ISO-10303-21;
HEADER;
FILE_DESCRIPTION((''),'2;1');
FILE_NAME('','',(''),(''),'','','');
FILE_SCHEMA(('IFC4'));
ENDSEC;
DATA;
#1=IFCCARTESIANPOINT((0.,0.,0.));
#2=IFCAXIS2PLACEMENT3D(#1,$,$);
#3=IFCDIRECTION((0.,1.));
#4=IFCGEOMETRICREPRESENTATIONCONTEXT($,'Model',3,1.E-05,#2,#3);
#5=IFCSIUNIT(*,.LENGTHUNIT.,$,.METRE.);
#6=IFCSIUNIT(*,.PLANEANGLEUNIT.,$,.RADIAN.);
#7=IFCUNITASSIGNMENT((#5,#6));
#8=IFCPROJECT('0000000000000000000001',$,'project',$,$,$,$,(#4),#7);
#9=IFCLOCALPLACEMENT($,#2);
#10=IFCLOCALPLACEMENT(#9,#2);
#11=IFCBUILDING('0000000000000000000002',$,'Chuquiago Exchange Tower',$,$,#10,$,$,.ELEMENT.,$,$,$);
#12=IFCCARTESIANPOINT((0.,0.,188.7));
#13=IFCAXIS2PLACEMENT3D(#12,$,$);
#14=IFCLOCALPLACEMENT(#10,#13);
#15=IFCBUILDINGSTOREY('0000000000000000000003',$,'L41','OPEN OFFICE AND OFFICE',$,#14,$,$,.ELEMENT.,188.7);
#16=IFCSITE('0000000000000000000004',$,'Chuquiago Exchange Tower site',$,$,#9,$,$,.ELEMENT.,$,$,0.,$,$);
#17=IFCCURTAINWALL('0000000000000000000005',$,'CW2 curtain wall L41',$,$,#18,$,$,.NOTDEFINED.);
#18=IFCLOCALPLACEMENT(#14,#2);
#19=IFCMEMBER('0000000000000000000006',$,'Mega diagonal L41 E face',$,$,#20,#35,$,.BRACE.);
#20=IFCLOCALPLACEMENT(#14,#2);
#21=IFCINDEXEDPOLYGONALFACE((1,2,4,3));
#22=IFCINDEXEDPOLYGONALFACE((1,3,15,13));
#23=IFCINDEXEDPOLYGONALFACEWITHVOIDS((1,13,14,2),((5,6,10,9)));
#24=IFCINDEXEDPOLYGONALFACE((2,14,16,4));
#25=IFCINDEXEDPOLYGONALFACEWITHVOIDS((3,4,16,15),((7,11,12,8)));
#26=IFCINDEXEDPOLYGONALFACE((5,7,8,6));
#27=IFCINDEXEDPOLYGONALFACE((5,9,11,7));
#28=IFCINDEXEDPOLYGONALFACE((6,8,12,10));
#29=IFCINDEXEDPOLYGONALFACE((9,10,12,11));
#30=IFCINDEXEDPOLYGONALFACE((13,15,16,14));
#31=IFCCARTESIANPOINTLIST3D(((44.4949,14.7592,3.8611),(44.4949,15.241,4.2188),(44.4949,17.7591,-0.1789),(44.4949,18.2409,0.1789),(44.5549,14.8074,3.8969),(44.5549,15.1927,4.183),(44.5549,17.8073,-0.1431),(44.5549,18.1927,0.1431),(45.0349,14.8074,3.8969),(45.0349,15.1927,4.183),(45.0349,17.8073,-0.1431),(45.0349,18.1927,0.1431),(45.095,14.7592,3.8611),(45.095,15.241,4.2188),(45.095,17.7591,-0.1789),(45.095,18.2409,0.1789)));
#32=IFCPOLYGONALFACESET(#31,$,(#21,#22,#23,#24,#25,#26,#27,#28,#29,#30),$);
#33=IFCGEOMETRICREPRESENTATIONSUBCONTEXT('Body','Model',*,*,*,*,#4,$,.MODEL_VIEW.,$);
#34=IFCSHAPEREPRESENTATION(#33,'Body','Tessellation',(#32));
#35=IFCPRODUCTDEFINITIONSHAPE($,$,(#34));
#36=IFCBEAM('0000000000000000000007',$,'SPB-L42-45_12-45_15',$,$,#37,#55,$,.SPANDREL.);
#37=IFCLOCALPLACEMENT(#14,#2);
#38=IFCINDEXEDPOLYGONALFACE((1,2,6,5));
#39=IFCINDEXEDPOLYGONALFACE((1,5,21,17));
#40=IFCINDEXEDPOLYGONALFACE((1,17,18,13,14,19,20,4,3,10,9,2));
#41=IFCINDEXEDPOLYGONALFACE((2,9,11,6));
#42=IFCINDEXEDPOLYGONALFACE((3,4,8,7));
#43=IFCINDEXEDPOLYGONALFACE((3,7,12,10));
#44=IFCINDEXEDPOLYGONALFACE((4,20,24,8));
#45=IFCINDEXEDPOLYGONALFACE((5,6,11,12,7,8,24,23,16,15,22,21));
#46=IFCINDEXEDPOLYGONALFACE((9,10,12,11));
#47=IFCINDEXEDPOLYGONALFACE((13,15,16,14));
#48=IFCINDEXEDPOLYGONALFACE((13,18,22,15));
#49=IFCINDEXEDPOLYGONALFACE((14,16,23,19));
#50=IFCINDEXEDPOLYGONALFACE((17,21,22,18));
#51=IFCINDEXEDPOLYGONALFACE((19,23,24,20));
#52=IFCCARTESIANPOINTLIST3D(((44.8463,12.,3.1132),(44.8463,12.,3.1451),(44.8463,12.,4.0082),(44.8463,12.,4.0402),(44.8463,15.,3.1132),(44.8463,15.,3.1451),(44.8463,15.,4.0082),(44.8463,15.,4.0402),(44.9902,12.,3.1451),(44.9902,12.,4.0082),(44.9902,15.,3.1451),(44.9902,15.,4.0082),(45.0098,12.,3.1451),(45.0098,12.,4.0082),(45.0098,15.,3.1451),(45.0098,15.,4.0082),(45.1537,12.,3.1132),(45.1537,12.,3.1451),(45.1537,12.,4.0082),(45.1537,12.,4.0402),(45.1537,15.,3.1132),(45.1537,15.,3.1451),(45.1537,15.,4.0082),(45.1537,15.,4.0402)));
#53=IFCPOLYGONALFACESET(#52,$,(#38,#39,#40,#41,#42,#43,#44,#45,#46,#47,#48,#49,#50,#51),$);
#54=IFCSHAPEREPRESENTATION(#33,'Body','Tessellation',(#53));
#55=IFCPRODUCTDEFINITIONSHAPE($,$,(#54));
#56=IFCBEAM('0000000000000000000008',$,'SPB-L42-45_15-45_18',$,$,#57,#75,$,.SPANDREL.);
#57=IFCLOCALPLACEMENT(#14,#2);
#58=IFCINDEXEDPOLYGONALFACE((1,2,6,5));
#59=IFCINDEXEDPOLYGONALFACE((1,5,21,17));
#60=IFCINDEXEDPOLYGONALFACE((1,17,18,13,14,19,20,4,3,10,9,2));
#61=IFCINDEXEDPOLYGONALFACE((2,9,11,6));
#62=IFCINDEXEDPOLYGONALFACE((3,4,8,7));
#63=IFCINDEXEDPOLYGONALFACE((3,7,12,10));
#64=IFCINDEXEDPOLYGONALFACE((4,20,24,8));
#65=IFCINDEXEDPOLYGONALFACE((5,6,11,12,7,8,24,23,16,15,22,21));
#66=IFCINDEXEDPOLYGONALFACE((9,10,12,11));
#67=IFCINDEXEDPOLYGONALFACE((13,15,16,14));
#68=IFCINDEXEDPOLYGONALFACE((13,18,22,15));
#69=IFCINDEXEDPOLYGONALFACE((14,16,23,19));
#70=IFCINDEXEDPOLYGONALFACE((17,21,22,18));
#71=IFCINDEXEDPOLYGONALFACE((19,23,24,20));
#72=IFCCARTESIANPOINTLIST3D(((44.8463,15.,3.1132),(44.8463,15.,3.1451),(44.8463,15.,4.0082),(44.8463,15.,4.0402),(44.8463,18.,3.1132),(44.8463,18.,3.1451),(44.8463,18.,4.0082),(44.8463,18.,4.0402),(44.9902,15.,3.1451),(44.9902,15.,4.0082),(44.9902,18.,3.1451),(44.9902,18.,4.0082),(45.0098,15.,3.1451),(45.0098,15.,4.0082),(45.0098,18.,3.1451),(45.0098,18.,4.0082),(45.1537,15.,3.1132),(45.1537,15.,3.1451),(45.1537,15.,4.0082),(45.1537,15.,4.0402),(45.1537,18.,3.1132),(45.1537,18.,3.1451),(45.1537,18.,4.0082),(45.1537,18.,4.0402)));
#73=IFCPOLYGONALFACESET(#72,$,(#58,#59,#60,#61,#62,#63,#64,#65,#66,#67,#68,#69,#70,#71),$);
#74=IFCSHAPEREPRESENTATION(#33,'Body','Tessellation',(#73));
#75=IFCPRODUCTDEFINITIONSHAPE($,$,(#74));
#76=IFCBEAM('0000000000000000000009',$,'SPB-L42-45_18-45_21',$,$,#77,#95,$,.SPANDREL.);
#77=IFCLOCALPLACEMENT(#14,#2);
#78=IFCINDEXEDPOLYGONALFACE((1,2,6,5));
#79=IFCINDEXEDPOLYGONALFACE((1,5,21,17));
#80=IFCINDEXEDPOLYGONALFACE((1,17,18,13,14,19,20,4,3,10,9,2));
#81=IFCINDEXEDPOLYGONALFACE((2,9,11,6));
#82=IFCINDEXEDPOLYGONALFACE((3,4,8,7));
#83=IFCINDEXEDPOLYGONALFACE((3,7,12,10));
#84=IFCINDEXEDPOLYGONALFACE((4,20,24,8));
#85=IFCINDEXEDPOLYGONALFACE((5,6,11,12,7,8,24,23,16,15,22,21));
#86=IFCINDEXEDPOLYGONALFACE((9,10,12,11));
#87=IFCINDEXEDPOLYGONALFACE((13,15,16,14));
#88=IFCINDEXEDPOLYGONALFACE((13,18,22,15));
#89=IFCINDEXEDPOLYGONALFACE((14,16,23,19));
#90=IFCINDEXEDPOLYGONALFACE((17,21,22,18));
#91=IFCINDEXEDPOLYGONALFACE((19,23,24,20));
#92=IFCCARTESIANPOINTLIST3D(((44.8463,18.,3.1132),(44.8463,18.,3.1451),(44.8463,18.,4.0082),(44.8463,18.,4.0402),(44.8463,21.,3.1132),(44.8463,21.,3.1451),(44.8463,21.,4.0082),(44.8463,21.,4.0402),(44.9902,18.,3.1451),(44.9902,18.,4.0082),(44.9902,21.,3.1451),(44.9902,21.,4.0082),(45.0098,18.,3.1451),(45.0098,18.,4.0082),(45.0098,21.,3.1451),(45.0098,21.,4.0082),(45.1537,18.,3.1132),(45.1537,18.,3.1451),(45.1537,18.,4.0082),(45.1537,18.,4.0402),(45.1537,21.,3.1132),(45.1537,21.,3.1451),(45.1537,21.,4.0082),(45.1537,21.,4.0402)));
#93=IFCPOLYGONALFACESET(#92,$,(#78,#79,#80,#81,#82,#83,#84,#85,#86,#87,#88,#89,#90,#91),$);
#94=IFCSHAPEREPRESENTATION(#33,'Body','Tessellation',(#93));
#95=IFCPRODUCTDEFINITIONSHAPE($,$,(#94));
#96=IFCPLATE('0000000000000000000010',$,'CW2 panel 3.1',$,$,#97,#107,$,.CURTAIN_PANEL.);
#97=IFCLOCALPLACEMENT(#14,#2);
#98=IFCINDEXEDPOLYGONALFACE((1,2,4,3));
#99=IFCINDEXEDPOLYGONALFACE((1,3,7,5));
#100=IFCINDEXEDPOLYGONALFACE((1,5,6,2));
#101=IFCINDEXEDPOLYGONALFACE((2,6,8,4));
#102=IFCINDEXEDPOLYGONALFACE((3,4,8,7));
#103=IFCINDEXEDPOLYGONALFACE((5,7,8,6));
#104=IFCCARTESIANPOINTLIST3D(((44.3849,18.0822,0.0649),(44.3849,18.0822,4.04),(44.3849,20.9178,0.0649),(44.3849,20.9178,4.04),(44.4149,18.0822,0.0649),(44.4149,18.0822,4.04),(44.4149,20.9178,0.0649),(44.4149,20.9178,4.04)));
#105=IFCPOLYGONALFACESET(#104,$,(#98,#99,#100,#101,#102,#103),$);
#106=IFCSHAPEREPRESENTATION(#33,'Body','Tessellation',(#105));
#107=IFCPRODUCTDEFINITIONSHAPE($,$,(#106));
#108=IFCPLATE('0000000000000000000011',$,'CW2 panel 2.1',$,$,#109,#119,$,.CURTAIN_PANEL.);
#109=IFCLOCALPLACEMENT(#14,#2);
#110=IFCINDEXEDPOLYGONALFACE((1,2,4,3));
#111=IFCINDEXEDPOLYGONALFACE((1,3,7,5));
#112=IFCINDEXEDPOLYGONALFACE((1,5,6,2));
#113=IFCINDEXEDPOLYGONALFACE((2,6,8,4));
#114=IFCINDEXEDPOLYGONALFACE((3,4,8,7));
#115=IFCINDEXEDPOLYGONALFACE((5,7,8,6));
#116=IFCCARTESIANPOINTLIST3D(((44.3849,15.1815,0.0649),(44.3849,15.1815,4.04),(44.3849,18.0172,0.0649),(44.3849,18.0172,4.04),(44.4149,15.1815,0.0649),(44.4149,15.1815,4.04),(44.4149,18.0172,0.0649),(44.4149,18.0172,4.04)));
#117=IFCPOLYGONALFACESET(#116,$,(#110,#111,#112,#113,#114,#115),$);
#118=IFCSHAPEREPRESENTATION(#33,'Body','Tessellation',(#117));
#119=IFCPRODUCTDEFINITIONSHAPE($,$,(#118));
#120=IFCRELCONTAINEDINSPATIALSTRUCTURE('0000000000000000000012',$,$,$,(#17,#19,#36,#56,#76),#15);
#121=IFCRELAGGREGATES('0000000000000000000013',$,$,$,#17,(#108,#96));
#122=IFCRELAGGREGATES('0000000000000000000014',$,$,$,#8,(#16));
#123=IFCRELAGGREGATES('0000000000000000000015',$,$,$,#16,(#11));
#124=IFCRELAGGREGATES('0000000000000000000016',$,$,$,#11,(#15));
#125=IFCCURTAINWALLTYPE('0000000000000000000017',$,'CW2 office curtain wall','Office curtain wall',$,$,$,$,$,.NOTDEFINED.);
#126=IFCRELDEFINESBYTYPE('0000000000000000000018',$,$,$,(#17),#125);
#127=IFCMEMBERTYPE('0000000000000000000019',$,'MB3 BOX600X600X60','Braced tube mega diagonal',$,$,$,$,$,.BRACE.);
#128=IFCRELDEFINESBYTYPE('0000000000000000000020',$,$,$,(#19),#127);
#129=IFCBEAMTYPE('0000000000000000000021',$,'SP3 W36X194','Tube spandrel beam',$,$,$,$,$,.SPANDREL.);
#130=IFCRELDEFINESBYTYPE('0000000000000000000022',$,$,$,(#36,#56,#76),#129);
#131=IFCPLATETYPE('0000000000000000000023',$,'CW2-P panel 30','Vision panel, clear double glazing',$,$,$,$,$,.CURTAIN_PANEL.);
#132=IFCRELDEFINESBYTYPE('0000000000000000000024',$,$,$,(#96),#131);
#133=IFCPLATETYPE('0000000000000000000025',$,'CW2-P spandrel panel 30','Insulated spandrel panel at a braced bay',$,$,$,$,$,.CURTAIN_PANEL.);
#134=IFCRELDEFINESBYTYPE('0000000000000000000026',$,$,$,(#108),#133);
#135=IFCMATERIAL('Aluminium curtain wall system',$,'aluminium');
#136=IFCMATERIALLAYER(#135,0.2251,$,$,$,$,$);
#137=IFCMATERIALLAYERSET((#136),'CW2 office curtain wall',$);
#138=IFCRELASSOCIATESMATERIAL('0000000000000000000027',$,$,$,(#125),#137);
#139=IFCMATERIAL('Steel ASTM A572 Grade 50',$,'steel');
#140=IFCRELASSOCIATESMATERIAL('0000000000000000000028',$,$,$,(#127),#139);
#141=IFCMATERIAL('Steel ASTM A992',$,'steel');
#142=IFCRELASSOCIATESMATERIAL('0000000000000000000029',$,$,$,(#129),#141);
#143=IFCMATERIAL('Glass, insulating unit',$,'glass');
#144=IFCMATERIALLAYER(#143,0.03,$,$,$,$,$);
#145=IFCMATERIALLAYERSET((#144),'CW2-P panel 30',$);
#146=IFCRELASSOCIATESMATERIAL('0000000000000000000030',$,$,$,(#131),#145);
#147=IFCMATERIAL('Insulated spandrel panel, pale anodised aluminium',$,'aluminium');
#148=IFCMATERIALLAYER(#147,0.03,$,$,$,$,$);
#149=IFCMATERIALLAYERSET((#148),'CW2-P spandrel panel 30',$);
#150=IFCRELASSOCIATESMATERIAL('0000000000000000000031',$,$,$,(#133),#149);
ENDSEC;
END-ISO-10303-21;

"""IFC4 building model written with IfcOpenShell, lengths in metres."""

from ifc_helpers import new_model, si_unit, direction, frame, origin, origin_2d, place, context, subcontext, project, spatial, rectangle, hollow_rectangle, i_section, extrude, material, layer, layer_set, material_profile, profile_set, type_object, element, aggregate, save


model = new_model("IFC4")

# Units and contexts
model_context = context("Model", 3, precision=1e-05, world=origin(), true_north=direction((0.0, 1.0)))
body_context = subcontext(model_context, "Body", "Model", "MODEL_VIEW")
ifc_project = project(units=[si_unit("LENGTHUNIT", "METRE"), si_unit("PLANEANGLEUNIT", "RADIAN")], contexts=[model_context])

# Site, building, storey
site_placement = place(None, origin())
site = spatial("IfcSite", under=ifc_project, at=site_placement, Name="Chuquiago Exchange Tower site", CompositionType="ELEMENT", RefElevation=0.0)
building_placement = place(site_placement, origin())
building = spatial("IfcBuilding", under=site, at=building_placement, Name="Chuquiago Exchange Tower", CompositionType="ELEMENT")
storey_placement = place(building_placement, frame((0.0, 0.0, 188.7)))
storey = spatial("IfcBuildingStorey", under=building, at=storey_placement, Name="L41", Description="OPEN OFFICE AND OFFICE", CompositionType="ELEMENT", Elevation=188.7)

# Curtain wall
ifc_material_1 = material(Name="Aluminium curtain wall system", Category="aluminium")
ifc_layer_1 = layer(ifc_material_1, 0.2251)
ifc_layer_set_1 = layer_set([ifc_layer_1], Name="CW2 office curtain wall")
curtain_wall_type = type_object("IfcCurtainWallType", Name="CW2 office curtain wall", Description="Office curtain wall", PredefinedType="NOTDEFINED", material=ifc_layer_set_1)
curtain_wall_placement = place(storey_placement, origin())
curtain_wall = element("IfcCurtainWall", 1, at=curtain_wall_placement, inside=storey, type_object=curtain_wall_type, Name="CW2 curtain wall L41", PredefinedType="NOTDEFINED")

# Member
ifc_material_2 = material(Name="Steel ASTM A572 Grade 50", Category="steel")
ifc_material_profile_1 = material_profile(ifc_material_2, hollow_rectangle(XDim=0.6001, YDim=0.6001, WallThickness=0.0601, at=origin_2d()), Name="BOX600X600X60")
ifc_profile_set_1 = profile_set([ifc_material_profile_1], Name="Steel ASTM A572 Grade 50")
member_type_1 = type_object("IfcMemberType", Name="MB3 BOX600X600X60", Description="Braced tube mega diagonal", PredefinedType="BRACE", material=ifc_profile_set_1)
for number, where, z_axis, x_axis, name in (
    (2, (44.7949, 18.0, 0.0), (0.0, -0.596174, 0.802855), (1.0, 0.0, 0.0), "Mega diagonal L41 E face"),
):
    element("IfcMember", number, at=place(storey_placement, frame(where, z_axis=z_axis, x_axis=x_axis)), inside=storey, type_object=member_type_1, Name=name, PredefinedType="BRACE", context=body_context, shape_type="SweptSolid", body=[
        extrude(hollow_rectangle(XDim=0.6001, YDim=0.6001, WallThickness=0.0601, at=origin_2d()), origin(), (0.0, 0.0, 1.0), 5.032),
    ])

# Beams
ifc_material_3 = material(Name="Steel ASTM A992", Category="steel")
ifc_material_profile_2 = material_profile(ifc_material_3, i_section(OverallWidth=0.3074, OverallDepth=0.927, WebThickness=0.0195, FlangeThickness=0.032, at=origin_2d()), Name="W36X194")
ifc_profile_set_2 = profile_set([ifc_material_profile_2], Name="Steel ASTM A992")
beam_type = type_object("IfcBeamType", Name="SP3 W36X194", Description="Tube spandrel beam", PredefinedType="SPANDREL", material=ifc_profile_set_2)
for number, where, z_axis, x_axis, name in (
    (3, (45.0, 12.0, 3.5767), (0.0, 1.0, 0.0), (-1.0, 0.0, 0.0), "SPB-L42-45_12-45_15"),
    (4, (45.0, 15.0, 3.5767), (0.0, 1.0, 0.0), (-1.0, 0.0, 0.0), "SPB-L42-45_15-45_18"),
    (5, (45.0, 18.0, 3.5767), (0.0, 1.0, 0.0), (-1.0, 0.0, 0.0), "SPB-L42-45_18-45_21"),
):
    element("IfcBeam", number, at=place(storey_placement, frame(where, z_axis=z_axis, x_axis=x_axis)), inside=storey, type_object=beam_type, Name=name, PredefinedType="SPANDREL", context=body_context, shape_type="SweptSolid", body=[
        extrude(i_section(OverallWidth=0.3074, OverallDepth=0.927, WebThickness=0.0195, FlangeThickness=0.032, at=origin_2d()), origin(), (0.0, 0.0, 1.0), 3.0),
    ])

# Plates
ifc_material_4 = material(Name="Glass, insulating unit", Category="glass")
ifc_layer_2 = layer(ifc_material_4, 0.03)
ifc_layer_set_2 = layer_set([ifc_layer_2], Name="CW2-P panel 30")
plate_type_1 = type_object("IfcPlateType", Name="CW2-P panel 30", Description="Vision panel, clear double glazing", PredefinedType="CURTAIN_PANEL", material=ifc_layer_set_2)
plate_1_placement = place(storey_placement, frame((44.3999, 19.5, 0.0649), z_axis=(0.0, 0.0, 1.0), x_axis=(0.0, 1.0, 0.0)))
plate_1 = element("IfcPlate", 6, at=plate_1_placement, type_object=plate_type_1, Name="CW2 panel 3.1", PredefinedType="CURTAIN_PANEL", context=body_context, shape_type="SweptSolid", body=[
    extrude(rectangle(XDim=2.8357, YDim=0.03, at=origin_2d()), origin(), (0.0, 0.0, 1.0), 3.9751),
])
ifc_material_5 = material(Name="Insulated spandrel panel, pale anodised aluminium", Category="aluminium")
ifc_layer_3 = layer(ifc_material_5, 0.03)
ifc_layer_set_3 = layer_set([ifc_layer_3], Name="CW2-P spandrel panel 30")
plate_type_2 = type_object("IfcPlateType", Name="CW2-P spandrel panel 30", Description="Insulated spandrel panel at a braced bay", PredefinedType="CURTAIN_PANEL", material=ifc_layer_set_3)
plate_2_placement = place(storey_placement, frame((44.3999, 16.5994, 0.0649), z_axis=(0.0, 0.0, 1.0), x_axis=(0.0, 1.0, 0.0)))
plate_2 = element("IfcPlate", 7, at=plate_2_placement, type_object=plate_type_2, Name="CW2 panel 2.1", PredefinedType="CURTAIN_PANEL", context=body_context, shape_type="SweptSolid", body=[
    extrude(rectangle(XDim=2.8357, YDim=0.03, at=origin_2d()), origin(), (0.0, 0.0, 1.0), 3.9751),
])
aggregate(curtain_wall, [plate_2, plate_1])

save(model, "model.ifc")
